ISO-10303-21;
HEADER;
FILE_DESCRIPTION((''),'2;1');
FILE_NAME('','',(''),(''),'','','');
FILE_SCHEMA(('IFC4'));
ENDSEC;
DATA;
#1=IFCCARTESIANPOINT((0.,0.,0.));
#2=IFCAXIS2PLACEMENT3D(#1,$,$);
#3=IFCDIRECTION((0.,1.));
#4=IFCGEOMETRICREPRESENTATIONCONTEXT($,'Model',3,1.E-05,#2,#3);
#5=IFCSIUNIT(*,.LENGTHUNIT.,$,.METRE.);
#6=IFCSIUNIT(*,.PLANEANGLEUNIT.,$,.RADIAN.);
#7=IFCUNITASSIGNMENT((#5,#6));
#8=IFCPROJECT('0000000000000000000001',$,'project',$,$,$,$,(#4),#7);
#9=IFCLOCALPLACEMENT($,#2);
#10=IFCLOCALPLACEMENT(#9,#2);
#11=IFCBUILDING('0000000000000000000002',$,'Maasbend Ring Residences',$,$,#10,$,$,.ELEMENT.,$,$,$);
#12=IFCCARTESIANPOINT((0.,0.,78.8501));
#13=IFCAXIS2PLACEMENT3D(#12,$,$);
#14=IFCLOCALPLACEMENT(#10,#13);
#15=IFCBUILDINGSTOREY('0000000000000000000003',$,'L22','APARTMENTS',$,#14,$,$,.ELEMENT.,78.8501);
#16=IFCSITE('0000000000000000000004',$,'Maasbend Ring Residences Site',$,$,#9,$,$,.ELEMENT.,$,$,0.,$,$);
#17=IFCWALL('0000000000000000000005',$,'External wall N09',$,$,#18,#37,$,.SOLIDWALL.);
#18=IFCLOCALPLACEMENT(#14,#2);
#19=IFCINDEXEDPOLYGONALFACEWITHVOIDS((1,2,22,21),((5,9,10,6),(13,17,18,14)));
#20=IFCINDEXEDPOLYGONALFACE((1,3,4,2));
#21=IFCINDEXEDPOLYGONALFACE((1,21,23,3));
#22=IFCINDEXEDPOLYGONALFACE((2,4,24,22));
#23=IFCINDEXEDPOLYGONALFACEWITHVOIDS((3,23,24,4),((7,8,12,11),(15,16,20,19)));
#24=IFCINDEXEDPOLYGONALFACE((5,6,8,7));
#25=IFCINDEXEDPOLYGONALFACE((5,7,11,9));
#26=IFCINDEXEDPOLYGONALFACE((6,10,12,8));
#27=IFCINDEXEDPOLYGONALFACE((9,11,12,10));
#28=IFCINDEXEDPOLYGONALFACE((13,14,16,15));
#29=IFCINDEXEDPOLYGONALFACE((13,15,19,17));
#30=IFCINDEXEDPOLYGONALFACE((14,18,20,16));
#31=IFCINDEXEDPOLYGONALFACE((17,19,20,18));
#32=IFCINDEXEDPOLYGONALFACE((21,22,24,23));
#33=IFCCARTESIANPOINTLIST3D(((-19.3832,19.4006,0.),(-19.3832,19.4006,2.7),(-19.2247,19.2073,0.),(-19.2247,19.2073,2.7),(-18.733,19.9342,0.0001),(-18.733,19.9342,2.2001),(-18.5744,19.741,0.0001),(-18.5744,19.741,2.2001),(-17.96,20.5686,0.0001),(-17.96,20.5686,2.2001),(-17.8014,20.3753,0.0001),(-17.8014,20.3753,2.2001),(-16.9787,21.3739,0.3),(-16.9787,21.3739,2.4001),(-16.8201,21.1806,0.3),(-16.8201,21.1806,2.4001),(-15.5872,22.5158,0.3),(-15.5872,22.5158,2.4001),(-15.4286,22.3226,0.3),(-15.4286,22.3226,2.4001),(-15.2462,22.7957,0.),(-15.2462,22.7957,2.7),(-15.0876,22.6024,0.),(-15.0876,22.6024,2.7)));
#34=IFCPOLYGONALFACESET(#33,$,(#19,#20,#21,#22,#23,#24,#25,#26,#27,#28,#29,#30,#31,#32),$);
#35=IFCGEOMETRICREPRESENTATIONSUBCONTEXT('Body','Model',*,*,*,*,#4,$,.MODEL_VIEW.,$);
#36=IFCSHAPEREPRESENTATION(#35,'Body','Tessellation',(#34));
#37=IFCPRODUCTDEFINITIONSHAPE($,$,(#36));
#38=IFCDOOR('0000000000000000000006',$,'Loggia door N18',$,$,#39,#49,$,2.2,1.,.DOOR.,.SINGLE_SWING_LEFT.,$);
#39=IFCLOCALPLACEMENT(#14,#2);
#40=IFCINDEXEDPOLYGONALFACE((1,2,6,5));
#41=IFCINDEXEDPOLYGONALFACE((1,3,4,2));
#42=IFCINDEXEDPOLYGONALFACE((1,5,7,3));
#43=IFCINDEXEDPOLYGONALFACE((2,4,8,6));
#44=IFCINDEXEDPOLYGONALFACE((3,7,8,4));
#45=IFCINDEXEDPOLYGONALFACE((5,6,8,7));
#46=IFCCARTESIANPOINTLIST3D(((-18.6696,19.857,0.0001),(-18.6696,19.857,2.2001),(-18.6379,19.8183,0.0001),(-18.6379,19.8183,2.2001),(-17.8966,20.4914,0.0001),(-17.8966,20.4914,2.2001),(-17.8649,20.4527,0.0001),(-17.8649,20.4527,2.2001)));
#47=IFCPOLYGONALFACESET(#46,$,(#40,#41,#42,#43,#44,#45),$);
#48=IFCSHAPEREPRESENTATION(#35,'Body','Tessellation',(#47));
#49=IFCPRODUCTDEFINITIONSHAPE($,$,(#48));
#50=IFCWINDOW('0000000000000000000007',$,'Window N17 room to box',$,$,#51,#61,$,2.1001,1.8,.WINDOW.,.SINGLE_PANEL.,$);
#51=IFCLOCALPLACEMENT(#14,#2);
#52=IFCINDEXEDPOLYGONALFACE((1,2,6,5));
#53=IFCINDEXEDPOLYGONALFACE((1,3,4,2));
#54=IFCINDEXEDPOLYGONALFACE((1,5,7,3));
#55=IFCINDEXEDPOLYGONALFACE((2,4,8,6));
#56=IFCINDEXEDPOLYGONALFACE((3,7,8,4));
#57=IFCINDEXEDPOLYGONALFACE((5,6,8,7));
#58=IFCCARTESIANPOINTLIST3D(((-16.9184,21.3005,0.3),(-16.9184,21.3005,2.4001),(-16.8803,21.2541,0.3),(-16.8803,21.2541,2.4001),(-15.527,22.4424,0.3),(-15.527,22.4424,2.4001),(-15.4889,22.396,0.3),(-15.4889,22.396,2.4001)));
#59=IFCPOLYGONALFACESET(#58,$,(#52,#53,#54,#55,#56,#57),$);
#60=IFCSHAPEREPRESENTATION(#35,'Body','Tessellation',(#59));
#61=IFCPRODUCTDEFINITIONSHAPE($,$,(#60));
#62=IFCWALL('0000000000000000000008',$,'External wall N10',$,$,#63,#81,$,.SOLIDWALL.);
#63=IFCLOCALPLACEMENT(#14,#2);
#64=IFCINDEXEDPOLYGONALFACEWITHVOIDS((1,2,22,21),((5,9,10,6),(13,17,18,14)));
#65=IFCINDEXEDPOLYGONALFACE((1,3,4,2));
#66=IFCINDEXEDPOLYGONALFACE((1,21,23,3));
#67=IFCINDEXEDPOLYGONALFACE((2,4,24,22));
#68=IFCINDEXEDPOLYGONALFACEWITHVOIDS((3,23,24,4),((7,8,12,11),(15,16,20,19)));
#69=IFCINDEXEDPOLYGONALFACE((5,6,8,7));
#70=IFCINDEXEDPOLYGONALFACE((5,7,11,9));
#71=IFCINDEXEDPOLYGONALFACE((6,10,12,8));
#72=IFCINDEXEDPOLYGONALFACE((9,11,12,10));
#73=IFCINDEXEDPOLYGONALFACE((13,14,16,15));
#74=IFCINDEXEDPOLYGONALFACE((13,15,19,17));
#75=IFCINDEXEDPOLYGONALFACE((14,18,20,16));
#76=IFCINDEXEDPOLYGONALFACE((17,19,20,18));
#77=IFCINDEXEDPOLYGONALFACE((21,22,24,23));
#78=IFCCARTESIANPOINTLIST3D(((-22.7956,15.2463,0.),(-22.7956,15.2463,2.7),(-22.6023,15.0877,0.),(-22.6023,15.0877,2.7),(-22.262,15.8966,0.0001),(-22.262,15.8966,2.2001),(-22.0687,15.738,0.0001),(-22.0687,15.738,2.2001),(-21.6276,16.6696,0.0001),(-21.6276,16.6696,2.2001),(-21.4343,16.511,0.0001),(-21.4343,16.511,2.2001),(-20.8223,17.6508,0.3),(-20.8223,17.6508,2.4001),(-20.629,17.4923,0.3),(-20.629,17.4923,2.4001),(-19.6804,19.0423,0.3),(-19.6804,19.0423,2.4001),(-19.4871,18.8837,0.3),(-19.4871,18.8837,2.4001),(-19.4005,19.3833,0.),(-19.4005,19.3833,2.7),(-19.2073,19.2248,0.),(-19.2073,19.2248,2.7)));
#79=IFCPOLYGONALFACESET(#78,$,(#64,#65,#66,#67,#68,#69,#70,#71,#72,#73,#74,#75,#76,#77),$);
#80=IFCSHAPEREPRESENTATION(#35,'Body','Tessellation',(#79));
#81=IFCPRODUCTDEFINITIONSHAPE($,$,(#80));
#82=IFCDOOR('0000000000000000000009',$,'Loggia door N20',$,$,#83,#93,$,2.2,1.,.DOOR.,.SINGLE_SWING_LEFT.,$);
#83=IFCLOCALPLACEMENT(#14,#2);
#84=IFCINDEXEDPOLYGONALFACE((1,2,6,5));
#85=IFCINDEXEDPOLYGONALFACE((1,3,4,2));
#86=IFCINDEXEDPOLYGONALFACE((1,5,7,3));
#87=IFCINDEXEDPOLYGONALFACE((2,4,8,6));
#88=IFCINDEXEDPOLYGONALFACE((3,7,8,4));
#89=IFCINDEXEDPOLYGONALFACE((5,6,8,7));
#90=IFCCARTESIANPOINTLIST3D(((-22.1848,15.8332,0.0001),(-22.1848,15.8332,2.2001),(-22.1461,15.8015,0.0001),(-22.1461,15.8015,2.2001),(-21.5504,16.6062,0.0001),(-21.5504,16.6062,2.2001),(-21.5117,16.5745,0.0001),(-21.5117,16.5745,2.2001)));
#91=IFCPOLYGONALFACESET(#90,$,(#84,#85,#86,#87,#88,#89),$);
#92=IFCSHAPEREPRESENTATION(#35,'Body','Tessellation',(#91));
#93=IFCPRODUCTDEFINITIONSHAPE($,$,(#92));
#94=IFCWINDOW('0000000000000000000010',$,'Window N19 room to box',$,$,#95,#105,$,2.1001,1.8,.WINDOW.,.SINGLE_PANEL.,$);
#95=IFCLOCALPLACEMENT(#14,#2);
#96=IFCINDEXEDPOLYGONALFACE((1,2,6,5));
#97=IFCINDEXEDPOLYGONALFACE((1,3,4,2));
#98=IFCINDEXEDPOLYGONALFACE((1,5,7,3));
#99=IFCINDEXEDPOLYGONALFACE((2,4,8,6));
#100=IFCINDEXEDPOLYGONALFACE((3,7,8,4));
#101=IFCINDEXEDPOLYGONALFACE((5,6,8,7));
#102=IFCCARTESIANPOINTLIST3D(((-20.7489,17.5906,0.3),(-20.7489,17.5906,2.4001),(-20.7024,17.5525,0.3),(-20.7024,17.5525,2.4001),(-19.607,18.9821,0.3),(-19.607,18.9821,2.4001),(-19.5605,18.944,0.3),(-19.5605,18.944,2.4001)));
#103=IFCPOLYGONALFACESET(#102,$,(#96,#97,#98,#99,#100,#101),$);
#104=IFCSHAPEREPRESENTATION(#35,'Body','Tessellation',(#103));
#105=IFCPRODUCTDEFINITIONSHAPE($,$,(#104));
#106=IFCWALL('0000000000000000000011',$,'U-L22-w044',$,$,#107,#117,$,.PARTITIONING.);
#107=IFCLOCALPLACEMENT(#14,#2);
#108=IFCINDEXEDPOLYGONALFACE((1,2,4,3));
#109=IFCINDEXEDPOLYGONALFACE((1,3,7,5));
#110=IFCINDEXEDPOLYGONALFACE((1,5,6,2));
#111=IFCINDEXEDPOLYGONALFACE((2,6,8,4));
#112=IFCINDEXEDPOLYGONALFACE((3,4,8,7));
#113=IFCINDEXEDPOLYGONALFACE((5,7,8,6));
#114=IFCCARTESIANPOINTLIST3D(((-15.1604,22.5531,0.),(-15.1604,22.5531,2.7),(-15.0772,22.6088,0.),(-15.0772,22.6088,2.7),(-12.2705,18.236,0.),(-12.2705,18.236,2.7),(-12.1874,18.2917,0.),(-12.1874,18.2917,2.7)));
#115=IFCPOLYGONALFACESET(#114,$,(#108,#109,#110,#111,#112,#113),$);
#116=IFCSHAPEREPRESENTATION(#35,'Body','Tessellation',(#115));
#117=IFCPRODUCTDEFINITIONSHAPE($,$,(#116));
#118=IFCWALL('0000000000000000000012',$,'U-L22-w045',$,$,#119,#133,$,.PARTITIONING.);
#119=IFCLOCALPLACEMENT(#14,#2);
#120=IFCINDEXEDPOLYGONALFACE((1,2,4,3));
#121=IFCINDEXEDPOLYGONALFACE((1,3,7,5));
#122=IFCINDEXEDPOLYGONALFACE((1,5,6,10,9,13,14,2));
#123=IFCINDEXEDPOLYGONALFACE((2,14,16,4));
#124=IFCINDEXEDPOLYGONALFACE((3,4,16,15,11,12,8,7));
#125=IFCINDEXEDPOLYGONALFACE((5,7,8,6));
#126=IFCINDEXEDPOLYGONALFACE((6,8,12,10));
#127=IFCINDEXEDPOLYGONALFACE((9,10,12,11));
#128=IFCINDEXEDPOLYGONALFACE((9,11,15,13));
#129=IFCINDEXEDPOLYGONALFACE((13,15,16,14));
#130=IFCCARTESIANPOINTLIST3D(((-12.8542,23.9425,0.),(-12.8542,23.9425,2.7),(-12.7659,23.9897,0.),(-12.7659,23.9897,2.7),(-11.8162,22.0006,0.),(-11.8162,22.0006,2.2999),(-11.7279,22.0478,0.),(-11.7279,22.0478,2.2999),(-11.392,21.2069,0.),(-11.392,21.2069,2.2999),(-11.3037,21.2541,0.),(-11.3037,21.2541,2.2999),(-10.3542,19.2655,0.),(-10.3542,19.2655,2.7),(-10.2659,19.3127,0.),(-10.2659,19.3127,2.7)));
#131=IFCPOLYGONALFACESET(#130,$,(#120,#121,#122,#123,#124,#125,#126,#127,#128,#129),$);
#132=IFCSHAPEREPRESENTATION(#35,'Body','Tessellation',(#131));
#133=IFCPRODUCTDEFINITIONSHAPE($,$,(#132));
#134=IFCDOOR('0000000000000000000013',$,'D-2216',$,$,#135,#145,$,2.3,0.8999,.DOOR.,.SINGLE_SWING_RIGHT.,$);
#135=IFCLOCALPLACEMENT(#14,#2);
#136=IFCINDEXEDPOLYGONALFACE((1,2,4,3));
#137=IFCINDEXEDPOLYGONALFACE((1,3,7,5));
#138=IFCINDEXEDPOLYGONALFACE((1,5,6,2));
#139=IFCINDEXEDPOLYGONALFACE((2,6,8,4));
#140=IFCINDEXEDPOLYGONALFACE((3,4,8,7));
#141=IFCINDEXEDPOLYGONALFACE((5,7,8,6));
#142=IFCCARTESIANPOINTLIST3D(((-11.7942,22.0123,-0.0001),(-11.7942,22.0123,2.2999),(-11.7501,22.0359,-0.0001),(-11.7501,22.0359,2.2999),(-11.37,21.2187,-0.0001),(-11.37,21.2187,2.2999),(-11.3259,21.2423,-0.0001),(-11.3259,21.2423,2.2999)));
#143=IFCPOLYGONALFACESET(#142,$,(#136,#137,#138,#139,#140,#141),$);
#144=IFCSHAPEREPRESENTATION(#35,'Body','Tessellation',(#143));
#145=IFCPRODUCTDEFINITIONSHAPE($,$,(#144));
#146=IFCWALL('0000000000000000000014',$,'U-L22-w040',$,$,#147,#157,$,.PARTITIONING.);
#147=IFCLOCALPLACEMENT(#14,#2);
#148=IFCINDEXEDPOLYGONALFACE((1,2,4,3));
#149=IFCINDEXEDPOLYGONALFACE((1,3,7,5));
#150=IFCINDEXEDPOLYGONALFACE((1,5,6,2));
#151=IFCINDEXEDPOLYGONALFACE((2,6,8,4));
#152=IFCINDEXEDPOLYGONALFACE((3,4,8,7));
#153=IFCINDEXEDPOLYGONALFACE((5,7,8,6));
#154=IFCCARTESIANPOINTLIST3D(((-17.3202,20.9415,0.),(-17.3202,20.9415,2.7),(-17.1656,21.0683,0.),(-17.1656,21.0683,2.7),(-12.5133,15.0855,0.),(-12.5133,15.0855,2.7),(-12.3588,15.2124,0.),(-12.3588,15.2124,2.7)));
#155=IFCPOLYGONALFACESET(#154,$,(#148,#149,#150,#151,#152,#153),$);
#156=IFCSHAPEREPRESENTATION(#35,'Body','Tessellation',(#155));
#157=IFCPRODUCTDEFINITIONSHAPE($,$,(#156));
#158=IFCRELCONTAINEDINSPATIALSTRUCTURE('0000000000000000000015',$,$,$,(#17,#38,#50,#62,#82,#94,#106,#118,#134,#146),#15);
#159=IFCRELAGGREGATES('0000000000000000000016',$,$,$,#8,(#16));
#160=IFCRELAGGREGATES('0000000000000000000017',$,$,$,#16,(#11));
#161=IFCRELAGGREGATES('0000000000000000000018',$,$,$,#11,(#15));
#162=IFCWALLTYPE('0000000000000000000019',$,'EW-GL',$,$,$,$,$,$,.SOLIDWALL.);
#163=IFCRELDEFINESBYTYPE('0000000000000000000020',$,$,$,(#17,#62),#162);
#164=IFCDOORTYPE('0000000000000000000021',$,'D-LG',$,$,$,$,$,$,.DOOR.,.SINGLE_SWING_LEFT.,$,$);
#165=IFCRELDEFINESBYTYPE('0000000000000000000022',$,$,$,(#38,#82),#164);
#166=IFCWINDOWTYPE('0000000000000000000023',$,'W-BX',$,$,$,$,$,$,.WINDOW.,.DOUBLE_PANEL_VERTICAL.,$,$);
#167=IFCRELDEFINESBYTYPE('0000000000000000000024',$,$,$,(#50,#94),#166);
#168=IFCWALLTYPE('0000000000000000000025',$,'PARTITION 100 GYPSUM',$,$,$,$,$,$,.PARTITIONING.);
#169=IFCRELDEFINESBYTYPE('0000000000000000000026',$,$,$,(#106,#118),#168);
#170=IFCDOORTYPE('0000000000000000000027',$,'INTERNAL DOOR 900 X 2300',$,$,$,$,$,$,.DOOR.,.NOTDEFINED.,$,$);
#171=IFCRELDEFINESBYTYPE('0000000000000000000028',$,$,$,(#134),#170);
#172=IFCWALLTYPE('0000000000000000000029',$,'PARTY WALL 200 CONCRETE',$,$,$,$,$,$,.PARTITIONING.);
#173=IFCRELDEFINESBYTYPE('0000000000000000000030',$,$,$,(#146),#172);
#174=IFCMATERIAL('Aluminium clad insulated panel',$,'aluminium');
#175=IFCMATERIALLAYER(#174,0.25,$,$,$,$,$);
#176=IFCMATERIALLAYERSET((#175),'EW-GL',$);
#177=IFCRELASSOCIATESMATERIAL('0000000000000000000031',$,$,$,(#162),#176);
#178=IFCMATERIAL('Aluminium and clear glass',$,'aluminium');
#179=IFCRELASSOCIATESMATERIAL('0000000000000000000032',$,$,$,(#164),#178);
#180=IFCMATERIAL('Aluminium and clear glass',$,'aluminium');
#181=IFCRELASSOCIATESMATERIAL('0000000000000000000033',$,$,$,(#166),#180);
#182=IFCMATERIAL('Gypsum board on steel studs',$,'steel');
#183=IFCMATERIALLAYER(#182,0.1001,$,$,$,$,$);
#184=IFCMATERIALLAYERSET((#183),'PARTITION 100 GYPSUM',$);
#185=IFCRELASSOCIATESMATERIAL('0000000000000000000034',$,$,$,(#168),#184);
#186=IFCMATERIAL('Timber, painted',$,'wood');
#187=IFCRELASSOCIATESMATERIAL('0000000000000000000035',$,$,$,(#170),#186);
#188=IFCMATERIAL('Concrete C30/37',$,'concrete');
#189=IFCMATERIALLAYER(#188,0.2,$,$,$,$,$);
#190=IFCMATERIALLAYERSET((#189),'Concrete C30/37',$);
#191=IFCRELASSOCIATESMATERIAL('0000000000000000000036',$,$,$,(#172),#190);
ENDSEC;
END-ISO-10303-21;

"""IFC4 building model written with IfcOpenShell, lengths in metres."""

from ifc_helpers import new_model, si_unit, direction, frame, frame_2d, origin, place, context, subcontext, project, spatial, rectangle, extrude, material, layer, layer_set, type_object, element, fill, save


model = new_model("IFC4")

# Units and contexts
model_context = context("Model", 3, precision=1e-05, world=origin(), true_north=direction((0.0, 1.0)))
body_context = subcontext(model_context, "Body", "Model", "MODEL_VIEW")
ifc_project = project(units=[si_unit("LENGTHUNIT", "METRE"), si_unit("PLANEANGLEUNIT", "RADIAN")], contexts=[model_context])

# Site, building, storey
site_placement = place(None, origin())
site = spatial("IfcSite", under=ifc_project, at=site_placement, Name="Maasbend Ring Residences Site", CompositionType="ELEMENT", RefElevation=0.0)
building_placement = place(site_placement, origin())
building = spatial("IfcBuilding", under=site, at=building_placement, Name="Maasbend Ring Residences", CompositionType="ELEMENT")
storey_placement = place(building_placement, frame((0.0, 0.0, 78.8501)))
storey = spatial("IfcBuildingStorey", under=building, at=storey_placement, Name="L22", Description="APARTMENTS", CompositionType="ELEMENT", Elevation=78.8501)

# Walls, openings, doors, windows
ifc_material_1 = material(Name="Aluminium clad insulated panel", Category="aluminium")
ifc_layer_1 = layer(ifc_material_1, 0.25)
ifc_layer_set_1 = layer_set([ifc_layer_1], Name="EW-GL")
wall_type_1 = type_object("IfcWallType", Name="EW-GL", PredefinedType="SOLIDWALL", material=ifc_layer_set_1)
wall_1_placement = place(storey_placement, frame((-15.167, 22.699, 0.0), z_axis=(0.0, 0.0, 1.0), x_axis=(-0.773019, -0.634382, 0.0)))
wall_1 = element("IfcWall", 1, at=wall_1_placement, inside=storey, type_object=wall_type_1, Name="External wall N09", PredefinedType="SOLIDWALL", context=body_context, shape_type="SweptSolid", body=[
    extrude(rectangle(XDim=5.3518, YDim=0.25, at=frame_2d((2.6758, 0.0))), origin(), (0.0, 0.0, 1.0), 2.7),
])
opening_1_placement = place(wall_1_placement, frame((0.4412, 0.0, 0.3)))
opening_1 = element("IfcOpeningElement", 2, at=opening_1_placement, cuts=wall_1, PredefinedType="OPENING", context=body_context, shape_type="SweptSolid", body=[
    extrude(rectangle(XDim=1.8, YDim=2.1001, at=frame_2d((0.8999, 1.05))), frame((0.0, 0.135, 0.0), z_axis=(0.0, -1.0, 0.0), x_axis=(1.0, 0.0, 0.0)), (0.0, 0.0, 1.0), 0.27),
])
opening_2_placement = place(wall_1_placement, frame((3.5105, 0.0, 0.0)))
opening_2 = element("IfcOpeningElement", 3, at=opening_2_placement, cuts=wall_1, PredefinedType="OPENING", context=body_context, shape_type="SweptSolid", body=[
    extrude(rectangle(XDim=1.0, YDim=2.2, at=frame_2d((0.5, 1.1001))), frame((0.0, 0.135, 0.0), z_axis=(0.0, -1.0, 0.0), x_axis=(1.0, 0.0, 0.0)), (0.0, 0.0, 1.0), 0.27),
])
ifc_material_2 = material(Name="Aluminium and clear glass", Category="aluminium")
door_type_1 = type_object("IfcDoorType", Name="D-LG", OperationType="SINGLE_SWING_LEFT", PredefinedType="DOOR", material=ifc_material_2)
door_1_placement = place(opening_2_placement, origin())
door_1 = element("IfcDoor", 4, at=door_1_placement, inside=storey, type_object=door_type_1, Name="Loggia door N18", OperationType="SINGLE_SWING_LEFT", OverallHeight=2.2, OverallWidth=1.0, PredefinedType="DOOR", context=body_context, shape_type="SweptSolid", body=[
    extrude(rectangle(XDim=1.0, YDim=2.2, at=frame_2d((0.5, 1.1001))), frame((0.0, 0.0249, 0.0), z_axis=(0.0, -1.0, 0.0), x_axis=(1.0, 0.0, 0.0)), (0.0, 0.0, 1.0), 0.05),
])
fill(opening_2, door_1)
ifc_material_3 = material(Name="Aluminium and clear glass", Category="aluminium")
window_type_1 = type_object("IfcWindowType", Name="W-BX", PartitioningType="DOUBLE_PANEL_VERTICAL", PredefinedType="WINDOW", material=ifc_material_3)
window_1_placement = place(opening_1_placement, origin())
window_1 = element("IfcWindow", 5, at=window_1_placement, inside=storey, type_object=window_type_1, Name="Window N17 room to box", OverallHeight=2.1001, OverallWidth=1.8, PartitioningType="SINGLE_PANEL", PredefinedType="WINDOW", context=body_context, shape_type="SweptSolid", body=[
    extrude(rectangle(XDim=1.8, YDim=2.1001, at=frame_2d((0.8999, 1.05))), frame((0.0, 0.03, 0.0), z_axis=(0.0, -1.0, 0.0), x_axis=(1.0, 0.0, 0.0)), (0.0, 0.0, 1.0), 0.0601),
])
fill(opening_1, window_1)
wall_2_placement = place(storey_placement, frame((-19.304, 19.304, 0.0), z_axis=(0.0, 0.0, 1.0), x_axis=(-0.634382, -0.773019, 0.0)))
wall_2 = element("IfcWall", 6, at=wall_2_placement, inside=storey, type_object=wall_type_1, Name="External wall N10", PredefinedType="SOLIDWALL", context=body_context, shape_type="SweptSolid", body=[
    extrude(rectangle(XDim=5.3518, YDim=0.25, at=frame_2d((2.6758, 0.0))), origin(), (0.0, 0.0, 1.0), 2.7),
])
opening_3_placement = place(wall_2_placement, frame((0.4412, 0.0, 0.3)))
opening_3 = element("IfcOpeningElement", 7, at=opening_3_placement, cuts=wall_2, PredefinedType="OPENING", context=body_context, shape_type="SweptSolid", body=[
    extrude(rectangle(XDim=1.8, YDim=2.1001, at=frame_2d((0.8999, 1.05))), frame((0.0, 0.135, 0.0), z_axis=(0.0, -1.0, 0.0), x_axis=(1.0, 0.0, 0.0)), (0.0, 0.0, 1.0), 0.27),
])
opening_4_placement = place(wall_2_placement, frame((3.5105, 0.0, 0.0)))
opening_4 = element("IfcOpeningElement", 8, at=opening_4_placement, cuts=wall_2, PredefinedType="OPENING", context=body_context, shape_type="SweptSolid", body=[
    extrude(rectangle(XDim=1.0, YDim=2.2, at=frame_2d((0.5, 1.1001))), frame((0.0, 0.135, 0.0), z_axis=(0.0, -1.0, 0.0), x_axis=(1.0, 0.0, 0.0)), (0.0, 0.0, 1.0), 0.27),
])
door_2_placement = place(opening_4_placement, origin())
door_2 = element("IfcDoor", 9, at=door_2_placement, inside=storey, type_object=door_type_1, Name="Loggia door N20", OperationType="SINGLE_SWING_LEFT", OverallHeight=2.2, OverallWidth=1.0, PredefinedType="DOOR", context=body_context, shape_type="SweptSolid", body=[
    extrude(rectangle(XDim=1.0, YDim=2.2, at=frame_2d((0.5, 1.1001))), frame((0.0, 0.0249, 0.0), z_axis=(0.0, -1.0, 0.0), x_axis=(1.0, 0.0, 0.0)), (0.0, 0.0, 1.0), 0.05),
])
fill(opening_4, door_2)
window_2_placement = place(opening_3_placement, origin())
window_2 = element("IfcWindow", 10, at=window_2_placement, inside=storey, type_object=window_type_1, Name="Window N19 room to box", OverallHeight=2.1001, OverallWidth=1.8, PartitioningType="SINGLE_PANEL", PredefinedType="WINDOW", context=body_context, shape_type="SweptSolid", body=[
    extrude(rectangle(XDim=1.8, YDim=2.1001, at=frame_2d((0.8999, 1.05))), frame((0.0, 0.03, 0.0), z_axis=(0.0, -1.0, 0.0), x_axis=(1.0, 0.0, 0.0)), (0.0, 0.0, 1.0), 0.0601),
])
fill(opening_3, window_2)

# Wall
ifc_material_4 = material(Name="Gypsum board on steel studs", Category="steel")
ifc_layer_2 = layer(ifc_material_4, 0.1001)
ifc_layer_set_2 = layer_set([ifc_layer_2], Name="PARTITION 100 GYPSUM")
wall_type_2 = type_object("IfcWallType", Name="PARTITION 100 GYPSUM", PredefinedType="PARTITIONING", material=ifc_layer_set_2)
wall_3_placement = place(storey_placement, frame((-15.1189, 22.5811, 0.0), z_axis=(0.0, 0.0, 1.0), x_axis=(0.556272, -0.831, 0.0)))
element("IfcWall", 11, at=wall_3_placement, inside=storey, type_object=wall_type_2, Name="U-L22-w044", PredefinedType="PARTITIONING", context=body_context, shape_type="SweptSolid", body=[
    extrude(rectangle(XDim=5.1951, YDim=0.1001, at=frame_2d((2.5977, 0.0))), origin(), (0.0, 0.0, 1.0), 2.7),
])

# Wall, opening, door
wall_4_placement = place(storey_placement, frame((-12.8101, 23.9661, 0.0), z_axis=(0.0, 0.0, 1.0), x_axis=(0.47141, -0.881914, 0.0)))
wall_4 = element("IfcWall", 12, at=wall_4_placement, inside=storey, type_object=wall_type_2, Name="U-L22-w045", PredefinedType="PARTITIONING", context=body_context, shape_type="SweptSolid", body=[
    extrude(rectangle(XDim=5.3032, YDim=0.1001, at=frame_2d((2.6516, 0.0))), origin(), (0.0, 0.0, 1.0), 2.7),
])
opening_5_placement = place(wall_4_placement, frame((2.2019, 0.0, 0.0)))
opening_5 = element("IfcOpeningElement", 13, at=opening_5_placement, cuts=wall_4, PredefinedType="OPENING", context=body_context, shape_type="SweptSolid", body=[
    extrude(rectangle(XDim=0.8999, YDim=2.3, at=frame_2d((0.45, 1.1499))), frame((0.0, 0.0601, 0.0), z_axis=(0.0, -1.0, 0.0), x_axis=(1.0, 0.0, 0.0)), (0.0, 0.0, 1.0), 0.1201),
])
ifc_material_5 = material(Name="Timber, painted", Category="wood")
door_type_2 = type_object("IfcDoorType", Name="INTERNAL DOOR 900 X 2300", OperationType="NOTDEFINED", PredefinedType="DOOR", material=ifc_material_5)
door_3_placement = place(opening_5_placement, origin())
door_3 = element("IfcDoor", 14, at=door_3_placement, inside=storey, type_object=door_type_2, Name="D-2216", OperationType="SINGLE_SWING_RIGHT", OverallHeight=2.3, OverallWidth=0.8999, PredefinedType="DOOR", context=body_context, shape_type="SweptSolid", body=[
    extrude(rectangle(XDim=0.8999, YDim=2.3, at=frame_2d((0.45, 1.1499))), frame((0.0, 0.0249, 0.0), z_axis=(0.0, -1.0, 0.0), x_axis=(1.0, 0.0, 0.0)), (0.0, 0.0, 1.0), 0.05),
])
fill(opening_5, door_3)

# Wall
ifc_material_6 = material(Name="Concrete C30/37", Category="concrete")
ifc_layer_3 = layer(ifc_material_6, 0.2)
ifc_layer_set_3 = layer_set([ifc_layer_3], Name="Concrete C30/37")
wall_type_3 = type_object("IfcWallType", Name="PARTY WALL 200 CONCRETE", PredefinedType="PARTITIONING", material=ifc_layer_set_3)
wall_5_placement = place(storey_placement, frame((-17.2429, 21.0049, 0.0), z_axis=(0.0, 0.0, 1.0), x_axis=(0.634474, -0.772944, 0.0)))
element("IfcWall", 15, at=wall_5_placement, inside=storey, type_object=wall_type_3, Name="U-L22-w040", PredefinedType="PARTITIONING", context=body_context, shape_type="SweptSolid", body=[
    extrude(rectangle(XDim=7.5762, YDim=0.2, at=frame_2d((3.7881, 0.0))), origin(), (0.0, 0.0, 1.0), 2.7),
])

save(model, "model.ifc")
